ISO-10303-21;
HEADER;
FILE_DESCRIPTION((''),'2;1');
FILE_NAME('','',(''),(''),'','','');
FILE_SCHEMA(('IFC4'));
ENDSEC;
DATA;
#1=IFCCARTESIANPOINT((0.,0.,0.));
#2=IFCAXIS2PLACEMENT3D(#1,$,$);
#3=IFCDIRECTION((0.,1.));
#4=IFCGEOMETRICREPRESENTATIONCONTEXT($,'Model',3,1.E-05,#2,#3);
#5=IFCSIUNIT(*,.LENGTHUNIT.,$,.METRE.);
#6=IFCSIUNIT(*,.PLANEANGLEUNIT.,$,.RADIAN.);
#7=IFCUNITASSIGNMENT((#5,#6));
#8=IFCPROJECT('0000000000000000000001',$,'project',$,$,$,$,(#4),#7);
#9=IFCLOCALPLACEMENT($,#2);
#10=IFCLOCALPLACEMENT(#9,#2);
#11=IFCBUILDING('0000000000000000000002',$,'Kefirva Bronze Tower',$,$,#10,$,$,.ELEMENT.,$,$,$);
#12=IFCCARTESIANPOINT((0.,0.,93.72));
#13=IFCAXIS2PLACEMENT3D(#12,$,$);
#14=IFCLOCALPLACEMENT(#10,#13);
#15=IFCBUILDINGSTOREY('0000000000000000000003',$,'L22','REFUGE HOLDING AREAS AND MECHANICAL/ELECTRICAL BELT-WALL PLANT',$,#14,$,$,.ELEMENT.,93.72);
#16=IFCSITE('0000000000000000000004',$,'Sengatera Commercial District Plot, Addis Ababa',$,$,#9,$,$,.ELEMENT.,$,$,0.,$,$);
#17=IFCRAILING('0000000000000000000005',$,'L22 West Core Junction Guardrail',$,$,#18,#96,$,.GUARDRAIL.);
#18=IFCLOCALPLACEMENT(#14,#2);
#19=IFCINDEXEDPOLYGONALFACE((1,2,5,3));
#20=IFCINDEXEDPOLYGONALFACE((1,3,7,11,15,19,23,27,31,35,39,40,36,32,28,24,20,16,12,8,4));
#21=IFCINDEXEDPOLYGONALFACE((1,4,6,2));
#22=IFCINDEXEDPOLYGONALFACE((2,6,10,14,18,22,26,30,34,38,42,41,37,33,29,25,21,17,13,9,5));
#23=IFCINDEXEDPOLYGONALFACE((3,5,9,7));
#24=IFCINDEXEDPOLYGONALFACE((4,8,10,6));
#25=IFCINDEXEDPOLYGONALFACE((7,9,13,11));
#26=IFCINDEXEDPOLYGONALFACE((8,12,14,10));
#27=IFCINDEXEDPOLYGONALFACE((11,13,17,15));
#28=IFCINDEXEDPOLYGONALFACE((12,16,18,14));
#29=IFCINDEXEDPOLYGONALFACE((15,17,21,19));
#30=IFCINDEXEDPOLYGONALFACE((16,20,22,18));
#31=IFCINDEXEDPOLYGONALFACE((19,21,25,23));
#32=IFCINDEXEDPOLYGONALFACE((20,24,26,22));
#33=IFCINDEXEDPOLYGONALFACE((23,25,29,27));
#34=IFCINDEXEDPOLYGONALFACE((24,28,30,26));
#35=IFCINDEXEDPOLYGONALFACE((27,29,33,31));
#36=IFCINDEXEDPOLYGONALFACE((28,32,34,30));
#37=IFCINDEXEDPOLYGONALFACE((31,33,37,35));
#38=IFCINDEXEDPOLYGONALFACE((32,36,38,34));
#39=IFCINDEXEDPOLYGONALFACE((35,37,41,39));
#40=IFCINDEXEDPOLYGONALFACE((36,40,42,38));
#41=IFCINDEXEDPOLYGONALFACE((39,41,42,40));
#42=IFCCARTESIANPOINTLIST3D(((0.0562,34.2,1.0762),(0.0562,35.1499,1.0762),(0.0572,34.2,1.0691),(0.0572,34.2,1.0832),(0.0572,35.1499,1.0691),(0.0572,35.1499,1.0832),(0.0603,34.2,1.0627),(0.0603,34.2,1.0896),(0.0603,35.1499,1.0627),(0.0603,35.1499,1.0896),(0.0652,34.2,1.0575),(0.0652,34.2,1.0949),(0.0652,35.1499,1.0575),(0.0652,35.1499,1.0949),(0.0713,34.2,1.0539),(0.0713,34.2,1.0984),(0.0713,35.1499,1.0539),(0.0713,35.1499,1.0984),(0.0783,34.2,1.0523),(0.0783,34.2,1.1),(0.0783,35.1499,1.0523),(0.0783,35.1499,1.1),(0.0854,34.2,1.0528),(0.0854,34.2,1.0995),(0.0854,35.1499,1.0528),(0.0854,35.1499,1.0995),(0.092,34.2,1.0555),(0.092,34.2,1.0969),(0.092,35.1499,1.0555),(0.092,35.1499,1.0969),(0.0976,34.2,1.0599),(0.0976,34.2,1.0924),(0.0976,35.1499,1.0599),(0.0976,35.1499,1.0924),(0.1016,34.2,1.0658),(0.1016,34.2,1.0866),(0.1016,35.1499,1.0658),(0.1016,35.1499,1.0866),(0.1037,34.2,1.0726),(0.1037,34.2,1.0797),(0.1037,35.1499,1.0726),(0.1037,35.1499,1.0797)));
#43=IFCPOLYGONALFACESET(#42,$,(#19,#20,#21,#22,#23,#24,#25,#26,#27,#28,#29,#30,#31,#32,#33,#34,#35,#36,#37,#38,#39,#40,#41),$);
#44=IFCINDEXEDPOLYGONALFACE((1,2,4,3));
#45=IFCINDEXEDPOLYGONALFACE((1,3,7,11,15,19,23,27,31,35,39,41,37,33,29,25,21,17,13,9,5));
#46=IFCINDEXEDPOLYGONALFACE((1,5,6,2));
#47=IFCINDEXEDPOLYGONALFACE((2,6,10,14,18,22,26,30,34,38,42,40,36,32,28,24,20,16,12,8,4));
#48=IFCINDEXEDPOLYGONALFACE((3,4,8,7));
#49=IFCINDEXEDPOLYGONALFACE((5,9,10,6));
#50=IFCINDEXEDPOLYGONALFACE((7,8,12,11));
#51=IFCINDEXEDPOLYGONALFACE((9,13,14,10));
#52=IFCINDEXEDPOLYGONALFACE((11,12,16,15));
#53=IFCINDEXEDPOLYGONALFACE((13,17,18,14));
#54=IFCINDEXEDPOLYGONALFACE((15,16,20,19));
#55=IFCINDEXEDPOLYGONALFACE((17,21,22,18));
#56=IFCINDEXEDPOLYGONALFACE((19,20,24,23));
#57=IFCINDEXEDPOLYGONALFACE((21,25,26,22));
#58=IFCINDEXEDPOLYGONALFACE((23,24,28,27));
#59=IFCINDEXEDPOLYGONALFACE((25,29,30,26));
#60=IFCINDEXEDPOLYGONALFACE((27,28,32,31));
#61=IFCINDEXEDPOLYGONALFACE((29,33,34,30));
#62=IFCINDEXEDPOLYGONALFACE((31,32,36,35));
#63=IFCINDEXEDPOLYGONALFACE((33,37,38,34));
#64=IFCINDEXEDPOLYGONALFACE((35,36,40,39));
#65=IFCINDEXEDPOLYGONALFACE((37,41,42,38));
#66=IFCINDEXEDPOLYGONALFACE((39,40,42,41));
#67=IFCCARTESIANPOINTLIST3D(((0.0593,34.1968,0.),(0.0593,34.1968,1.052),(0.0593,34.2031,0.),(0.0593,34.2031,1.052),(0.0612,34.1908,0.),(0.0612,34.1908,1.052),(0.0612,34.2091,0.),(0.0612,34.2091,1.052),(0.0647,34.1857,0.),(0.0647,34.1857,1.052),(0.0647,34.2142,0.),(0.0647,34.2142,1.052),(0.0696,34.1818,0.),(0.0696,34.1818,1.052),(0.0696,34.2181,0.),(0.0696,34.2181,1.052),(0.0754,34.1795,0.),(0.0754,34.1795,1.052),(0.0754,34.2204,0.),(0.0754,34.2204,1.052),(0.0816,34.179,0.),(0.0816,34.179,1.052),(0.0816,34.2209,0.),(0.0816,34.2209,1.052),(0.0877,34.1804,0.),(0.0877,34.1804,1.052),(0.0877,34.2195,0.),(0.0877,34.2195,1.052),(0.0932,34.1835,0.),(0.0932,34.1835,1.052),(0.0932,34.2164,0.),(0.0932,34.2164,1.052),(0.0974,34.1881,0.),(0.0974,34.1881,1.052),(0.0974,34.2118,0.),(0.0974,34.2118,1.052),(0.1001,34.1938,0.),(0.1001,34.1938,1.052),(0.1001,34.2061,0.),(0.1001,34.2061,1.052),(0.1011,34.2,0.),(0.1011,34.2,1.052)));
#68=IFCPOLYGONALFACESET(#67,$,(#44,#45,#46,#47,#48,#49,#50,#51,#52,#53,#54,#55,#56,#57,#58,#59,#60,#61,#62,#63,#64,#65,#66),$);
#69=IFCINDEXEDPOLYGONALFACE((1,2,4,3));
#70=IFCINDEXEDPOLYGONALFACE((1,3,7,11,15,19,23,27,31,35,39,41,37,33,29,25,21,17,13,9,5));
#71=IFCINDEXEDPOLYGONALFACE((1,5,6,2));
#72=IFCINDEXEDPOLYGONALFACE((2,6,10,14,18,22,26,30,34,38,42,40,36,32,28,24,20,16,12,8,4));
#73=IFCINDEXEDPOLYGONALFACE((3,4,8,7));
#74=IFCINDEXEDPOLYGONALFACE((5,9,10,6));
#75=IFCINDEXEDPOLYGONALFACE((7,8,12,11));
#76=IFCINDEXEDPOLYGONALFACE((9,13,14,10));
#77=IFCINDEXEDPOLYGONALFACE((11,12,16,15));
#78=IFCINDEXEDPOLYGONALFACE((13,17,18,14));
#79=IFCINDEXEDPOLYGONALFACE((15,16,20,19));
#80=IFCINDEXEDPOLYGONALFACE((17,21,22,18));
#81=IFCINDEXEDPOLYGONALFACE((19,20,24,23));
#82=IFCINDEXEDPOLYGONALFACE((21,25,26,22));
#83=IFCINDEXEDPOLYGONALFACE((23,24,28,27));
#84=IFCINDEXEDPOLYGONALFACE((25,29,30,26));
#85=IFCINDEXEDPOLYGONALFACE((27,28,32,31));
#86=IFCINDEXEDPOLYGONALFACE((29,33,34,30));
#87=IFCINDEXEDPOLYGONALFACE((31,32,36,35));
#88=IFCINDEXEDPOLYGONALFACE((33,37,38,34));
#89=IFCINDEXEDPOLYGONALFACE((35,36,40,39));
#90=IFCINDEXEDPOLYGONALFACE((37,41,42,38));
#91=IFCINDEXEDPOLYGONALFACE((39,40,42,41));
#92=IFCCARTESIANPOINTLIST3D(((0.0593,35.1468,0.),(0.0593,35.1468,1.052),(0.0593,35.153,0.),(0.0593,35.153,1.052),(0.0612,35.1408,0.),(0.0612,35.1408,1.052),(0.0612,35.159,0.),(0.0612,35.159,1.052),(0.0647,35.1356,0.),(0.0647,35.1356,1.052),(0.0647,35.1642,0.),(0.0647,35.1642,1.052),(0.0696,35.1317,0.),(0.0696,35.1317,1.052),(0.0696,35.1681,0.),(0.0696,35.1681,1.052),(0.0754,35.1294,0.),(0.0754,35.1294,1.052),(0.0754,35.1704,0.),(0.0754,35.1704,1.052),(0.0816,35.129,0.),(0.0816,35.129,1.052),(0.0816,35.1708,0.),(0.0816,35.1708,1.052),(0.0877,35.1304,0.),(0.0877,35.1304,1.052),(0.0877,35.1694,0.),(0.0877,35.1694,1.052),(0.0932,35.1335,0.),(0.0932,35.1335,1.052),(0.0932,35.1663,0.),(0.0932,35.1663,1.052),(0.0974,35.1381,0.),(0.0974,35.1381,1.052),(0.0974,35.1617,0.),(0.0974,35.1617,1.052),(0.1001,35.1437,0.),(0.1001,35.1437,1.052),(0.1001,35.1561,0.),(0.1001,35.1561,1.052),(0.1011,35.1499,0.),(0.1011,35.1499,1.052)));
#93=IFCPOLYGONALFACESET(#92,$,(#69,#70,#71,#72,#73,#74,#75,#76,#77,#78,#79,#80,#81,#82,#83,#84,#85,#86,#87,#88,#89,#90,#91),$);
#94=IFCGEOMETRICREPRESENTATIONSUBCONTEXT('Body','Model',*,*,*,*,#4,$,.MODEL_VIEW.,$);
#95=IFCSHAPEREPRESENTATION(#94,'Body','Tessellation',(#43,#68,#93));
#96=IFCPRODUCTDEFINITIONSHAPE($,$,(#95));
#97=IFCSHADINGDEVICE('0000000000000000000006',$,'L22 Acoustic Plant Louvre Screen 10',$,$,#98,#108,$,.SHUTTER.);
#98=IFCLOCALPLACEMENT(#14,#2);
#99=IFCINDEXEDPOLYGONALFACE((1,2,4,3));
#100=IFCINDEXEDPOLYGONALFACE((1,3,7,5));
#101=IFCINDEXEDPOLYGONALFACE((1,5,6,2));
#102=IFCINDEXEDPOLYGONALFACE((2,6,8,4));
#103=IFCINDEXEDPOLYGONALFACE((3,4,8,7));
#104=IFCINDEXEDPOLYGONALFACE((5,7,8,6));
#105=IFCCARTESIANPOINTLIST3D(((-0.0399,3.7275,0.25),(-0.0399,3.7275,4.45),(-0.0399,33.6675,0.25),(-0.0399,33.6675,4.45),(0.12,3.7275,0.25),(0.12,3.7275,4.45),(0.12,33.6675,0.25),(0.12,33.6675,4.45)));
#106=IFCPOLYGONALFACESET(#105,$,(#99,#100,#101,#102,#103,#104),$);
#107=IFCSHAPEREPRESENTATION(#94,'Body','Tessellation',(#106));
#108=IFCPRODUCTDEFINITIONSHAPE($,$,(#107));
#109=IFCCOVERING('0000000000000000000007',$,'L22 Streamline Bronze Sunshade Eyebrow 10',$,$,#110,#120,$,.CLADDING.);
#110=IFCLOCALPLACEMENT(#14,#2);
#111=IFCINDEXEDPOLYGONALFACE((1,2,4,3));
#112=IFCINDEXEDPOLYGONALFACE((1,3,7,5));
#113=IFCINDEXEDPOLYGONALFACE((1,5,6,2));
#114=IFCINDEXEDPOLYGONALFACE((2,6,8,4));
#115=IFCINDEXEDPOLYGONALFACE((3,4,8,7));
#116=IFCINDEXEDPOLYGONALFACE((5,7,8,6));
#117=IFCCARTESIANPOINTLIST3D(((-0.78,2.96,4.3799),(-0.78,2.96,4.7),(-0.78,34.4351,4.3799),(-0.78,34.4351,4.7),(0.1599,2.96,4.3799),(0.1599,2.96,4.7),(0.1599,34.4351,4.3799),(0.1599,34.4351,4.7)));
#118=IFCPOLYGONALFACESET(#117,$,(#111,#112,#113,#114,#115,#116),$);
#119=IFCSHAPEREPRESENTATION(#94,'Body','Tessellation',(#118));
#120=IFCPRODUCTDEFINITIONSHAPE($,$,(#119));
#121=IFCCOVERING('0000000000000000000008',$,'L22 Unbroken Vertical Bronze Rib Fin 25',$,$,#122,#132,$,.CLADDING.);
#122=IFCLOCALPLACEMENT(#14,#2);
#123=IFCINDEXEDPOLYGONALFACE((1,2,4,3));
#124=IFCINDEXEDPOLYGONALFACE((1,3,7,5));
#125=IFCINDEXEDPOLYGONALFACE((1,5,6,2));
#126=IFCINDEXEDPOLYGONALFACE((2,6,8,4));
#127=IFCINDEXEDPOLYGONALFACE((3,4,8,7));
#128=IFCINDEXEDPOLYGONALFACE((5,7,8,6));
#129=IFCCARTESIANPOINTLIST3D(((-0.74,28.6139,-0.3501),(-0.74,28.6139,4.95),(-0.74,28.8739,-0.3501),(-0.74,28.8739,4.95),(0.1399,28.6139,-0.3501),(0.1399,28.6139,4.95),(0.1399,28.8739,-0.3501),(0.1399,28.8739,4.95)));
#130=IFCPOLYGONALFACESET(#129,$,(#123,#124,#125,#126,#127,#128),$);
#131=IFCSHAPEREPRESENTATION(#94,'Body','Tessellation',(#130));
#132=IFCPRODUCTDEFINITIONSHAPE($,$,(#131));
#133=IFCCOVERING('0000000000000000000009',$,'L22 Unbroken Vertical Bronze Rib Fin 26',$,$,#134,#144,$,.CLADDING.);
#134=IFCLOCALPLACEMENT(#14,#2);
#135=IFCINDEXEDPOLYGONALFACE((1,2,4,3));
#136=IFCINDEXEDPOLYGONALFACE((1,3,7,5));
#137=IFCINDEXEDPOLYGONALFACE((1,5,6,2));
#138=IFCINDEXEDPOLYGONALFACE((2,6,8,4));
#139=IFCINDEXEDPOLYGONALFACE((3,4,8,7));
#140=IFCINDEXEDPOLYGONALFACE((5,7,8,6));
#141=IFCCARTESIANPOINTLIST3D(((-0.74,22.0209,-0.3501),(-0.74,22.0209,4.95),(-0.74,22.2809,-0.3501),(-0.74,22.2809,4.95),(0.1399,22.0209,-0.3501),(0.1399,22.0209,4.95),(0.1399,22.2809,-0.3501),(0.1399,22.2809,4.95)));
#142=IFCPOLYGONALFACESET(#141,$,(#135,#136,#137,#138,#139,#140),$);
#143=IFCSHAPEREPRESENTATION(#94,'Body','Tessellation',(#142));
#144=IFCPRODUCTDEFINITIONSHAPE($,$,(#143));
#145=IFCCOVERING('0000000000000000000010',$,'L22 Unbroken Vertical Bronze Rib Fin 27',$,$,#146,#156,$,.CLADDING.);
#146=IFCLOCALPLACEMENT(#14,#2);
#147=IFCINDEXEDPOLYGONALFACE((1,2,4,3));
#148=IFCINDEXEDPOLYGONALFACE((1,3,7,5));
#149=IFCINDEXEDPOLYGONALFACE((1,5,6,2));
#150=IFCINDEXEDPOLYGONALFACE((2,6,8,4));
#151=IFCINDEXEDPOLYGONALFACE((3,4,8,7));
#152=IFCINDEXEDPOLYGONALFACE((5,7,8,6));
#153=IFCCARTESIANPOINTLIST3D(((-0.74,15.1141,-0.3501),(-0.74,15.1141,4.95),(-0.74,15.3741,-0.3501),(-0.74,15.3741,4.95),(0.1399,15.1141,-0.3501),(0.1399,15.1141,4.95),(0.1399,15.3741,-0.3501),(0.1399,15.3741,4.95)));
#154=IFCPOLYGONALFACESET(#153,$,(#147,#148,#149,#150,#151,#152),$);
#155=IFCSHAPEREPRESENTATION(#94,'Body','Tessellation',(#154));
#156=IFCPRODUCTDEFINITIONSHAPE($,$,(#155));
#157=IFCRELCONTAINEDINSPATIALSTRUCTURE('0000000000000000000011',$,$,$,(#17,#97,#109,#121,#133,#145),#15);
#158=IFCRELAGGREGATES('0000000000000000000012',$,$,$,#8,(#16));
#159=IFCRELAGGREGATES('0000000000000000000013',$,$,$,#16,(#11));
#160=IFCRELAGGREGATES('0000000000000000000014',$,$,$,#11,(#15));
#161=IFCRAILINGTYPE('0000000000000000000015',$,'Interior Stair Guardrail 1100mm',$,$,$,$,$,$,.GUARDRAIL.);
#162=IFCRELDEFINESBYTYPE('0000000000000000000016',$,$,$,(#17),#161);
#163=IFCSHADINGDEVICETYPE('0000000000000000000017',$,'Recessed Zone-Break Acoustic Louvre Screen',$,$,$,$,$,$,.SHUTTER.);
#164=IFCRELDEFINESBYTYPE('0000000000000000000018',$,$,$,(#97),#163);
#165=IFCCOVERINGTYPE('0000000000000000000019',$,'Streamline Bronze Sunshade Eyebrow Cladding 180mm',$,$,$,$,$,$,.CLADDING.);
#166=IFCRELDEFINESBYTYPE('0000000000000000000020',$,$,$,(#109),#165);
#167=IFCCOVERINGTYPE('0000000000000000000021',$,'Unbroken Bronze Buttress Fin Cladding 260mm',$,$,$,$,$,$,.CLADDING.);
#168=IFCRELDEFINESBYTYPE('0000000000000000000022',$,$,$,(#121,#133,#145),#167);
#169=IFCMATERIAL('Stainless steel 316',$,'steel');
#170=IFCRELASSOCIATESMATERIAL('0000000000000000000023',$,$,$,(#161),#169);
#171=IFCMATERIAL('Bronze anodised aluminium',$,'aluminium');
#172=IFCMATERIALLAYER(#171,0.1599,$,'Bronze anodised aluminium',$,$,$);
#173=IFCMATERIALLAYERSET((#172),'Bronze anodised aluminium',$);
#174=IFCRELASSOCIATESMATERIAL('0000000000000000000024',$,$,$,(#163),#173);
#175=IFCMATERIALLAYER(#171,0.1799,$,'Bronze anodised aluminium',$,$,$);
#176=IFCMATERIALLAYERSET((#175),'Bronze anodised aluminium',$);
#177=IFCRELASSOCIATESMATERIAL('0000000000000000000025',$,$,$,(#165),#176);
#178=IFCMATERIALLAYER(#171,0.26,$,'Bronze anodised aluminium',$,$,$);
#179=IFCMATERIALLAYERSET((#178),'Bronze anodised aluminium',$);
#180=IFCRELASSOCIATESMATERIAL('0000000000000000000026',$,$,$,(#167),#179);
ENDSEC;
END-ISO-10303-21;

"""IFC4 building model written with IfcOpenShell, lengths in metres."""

from ifc_helpers import new_model, si_unit, direction, frame, origin, origin_2d, place, context, subcontext, project, spatial, rectangle, circle, extrude, material, layer, layer_set, type_object, element, save


model = new_model("IFC4")

# Units and contexts
model_context = context("Model", 3, precision=1e-05, world=origin(), true_north=direction((0.0, 1.0)))
body_context = subcontext(model_context, "Body", "Model", "MODEL_VIEW")
ifc_project = project(units=[si_unit("LENGTHUNIT", "METRE"), si_unit("PLANEANGLEUNIT", "RADIAN")], contexts=[model_context])

# Site, building, storey
site_placement = place(None, origin())
site = spatial("IfcSite", under=ifc_project, at=site_placement, Name="Sengatera Commercial District Plot, Addis Ababa", CompositionType="ELEMENT", RefElevation=0.0)
building_placement = place(site_placement, origin())
building = spatial("IfcBuilding", under=site, at=building_placement, Name="Kefirva Bronze Tower", CompositionType="ELEMENT")
storey_placement = place(building_placement, frame((0.0, 0.0, 93.72)))
storey = spatial("IfcBuildingStorey", under=building, at=storey_placement, Name="L22", Description="REFUGE HOLDING AREAS AND MECHANICAL/ELECTRICAL BELT-WALL PLANT", CompositionType="ELEMENT", Elevation=93.72)

# Shared definitions
ifc_material_1 = material(Name="Bronze anodised aluminium", Category="aluminium")

# Railing
ifc_material_2 = material(Name="Stainless steel 316", Category="steel")
railing_type = type_object("IfcRailingType", Name="Interior Stair Guardrail 1100mm", PredefinedType="GUARDRAIL", material=ifc_material_2)
railing_placement = place(storey_placement, frame((0.0801, 34.2, 0.0)))
element("IfcRailing", 1, at=railing_placement, inside=storey, type_object=railing_type, Name="L22 West Core Junction Guardrail", PredefinedType="GUARDRAIL", context=body_context, shape_type="SweptSolid", body=[
    extrude(circle(Radius=0.0239, at=origin_2d()), frame((0.0, 0.0, 1.0762), z_axis=(0.0, 1.0, 0.0), x_axis=(-1.0, 0.0, 0.0)), (0.0, 0.0, 1.0), 0.95),
    extrude(circle(Radius=0.021, at=origin_2d()), origin(), (0.0, 0.0, 1.0), 1.052),
    extrude(circle(Radius=0.021, at=origin_2d()), frame((0.0, 0.95, 0.0)), (0.0, 0.0, 1.0), 1.052),
])

# Shading device
ifc_layer_1 = layer(ifc_material_1, 0.1599, Name="Bronze anodised aluminium")
ifc_layer_set_1 = layer_set([ifc_layer_1], Name="Bronze anodised aluminium")
shading_device_type_1 = type_object("IfcShadingDeviceType", Name="Recessed Zone-Break Acoustic Louvre Screen", PredefinedType="SHUTTER", material=ifc_layer_set_1)
shading_device_1_placement = place(storey_placement, frame((0.04, 18.6975, 0.25), z_axis=(0.0, 0.0, 1.0), x_axis=(0.0, -1.0, 0.0)))
element("IfcShadingDevice", 2, at=shading_device_1_placement, inside=storey, type_object=shading_device_type_1, Name="L22 Acoustic Plant Louvre Screen 10", PredefinedType="SHUTTER", context=body_context, shape_type="SweptSolid", body=[
    extrude(rectangle(XDim=29.9399, YDim=0.1599, at=origin_2d()), origin(), (0.0, 0.0, 1.0), 4.2),
])

# Coverings
ifc_layer_2 = layer(ifc_material_1, 0.1799, Name="Bronze anodised aluminium")
ifc_layer_set_2 = layer_set([ifc_layer_2], Name="Bronze anodised aluminium")
covering_type_1 = type_object("IfcCoveringType", Name="Streamline Bronze Sunshade Eyebrow Cladding 180mm", PredefinedType="CLADDING", material=ifc_layer_set_2)
covering_1_placement = place(storey_placement, frame((-0.3101, 18.6975, 4.3799), z_axis=(0.0, 0.0, 1.0), x_axis=(0.0, -1.0, 0.0)))
element("IfcCovering", 3, at=covering_1_placement, inside=storey, type_object=covering_type_1, Name="L22 Streamline Bronze Sunshade Eyebrow 10", PredefinedType="CLADDING", context=body_context, shape_type="SweptSolid", body=[
    extrude(rectangle(XDim=31.4751, YDim=0.9399, at=origin_2d()), origin(), (0.0, 0.0, 1.0), 0.3201),
])
ifc_layer_3 = layer(ifc_material_1, 0.26, Name="Bronze anodised aluminium")
ifc_layer_set_3 = layer_set([ifc_layer_3], Name="Bronze anodised aluminium")
covering_type_2 = type_object("IfcCoveringType", Name="Unbroken Bronze Buttress Fin Cladding 260mm", PredefinedType="CLADDING", material=ifc_layer_set_3)
for number, where, z_axis, x_axis, name in (
    (4, (-0.3, 28.7439, -0.3501), (0.0, 0.0, 1.0), (0.0, -1.0, 0.0), "L22 Unbroken Vertical Bronze Rib Fin 25"),
    (5, (-0.3, 22.1509, -0.3501), (0.0, 0.0, 1.0), (0.0, -1.0, 0.0), "L22 Unbroken Vertical Bronze Rib Fin 26"),
    (6, (-0.3, 15.2441, -0.3501), (0.0, 0.0, 1.0), (0.0, -1.0, 0.0), "L22 Unbroken Vertical Bronze Rib Fin 27"),
):
    element("IfcCovering", number, at=place(storey_placement, frame(where, z_axis=z_axis, x_axis=x_axis)), inside=storey, type_object=covering_type_2, Name=name, PredefinedType="CLADDING", context=body_context, shape_type="SweptSolid", body=[
        extrude(rectangle(XDim=0.26, YDim=0.8799, at=origin_2d()), origin(), (0.0, 0.0, 1.0), 5.3),
    ])

save(model, "model.ifc")
